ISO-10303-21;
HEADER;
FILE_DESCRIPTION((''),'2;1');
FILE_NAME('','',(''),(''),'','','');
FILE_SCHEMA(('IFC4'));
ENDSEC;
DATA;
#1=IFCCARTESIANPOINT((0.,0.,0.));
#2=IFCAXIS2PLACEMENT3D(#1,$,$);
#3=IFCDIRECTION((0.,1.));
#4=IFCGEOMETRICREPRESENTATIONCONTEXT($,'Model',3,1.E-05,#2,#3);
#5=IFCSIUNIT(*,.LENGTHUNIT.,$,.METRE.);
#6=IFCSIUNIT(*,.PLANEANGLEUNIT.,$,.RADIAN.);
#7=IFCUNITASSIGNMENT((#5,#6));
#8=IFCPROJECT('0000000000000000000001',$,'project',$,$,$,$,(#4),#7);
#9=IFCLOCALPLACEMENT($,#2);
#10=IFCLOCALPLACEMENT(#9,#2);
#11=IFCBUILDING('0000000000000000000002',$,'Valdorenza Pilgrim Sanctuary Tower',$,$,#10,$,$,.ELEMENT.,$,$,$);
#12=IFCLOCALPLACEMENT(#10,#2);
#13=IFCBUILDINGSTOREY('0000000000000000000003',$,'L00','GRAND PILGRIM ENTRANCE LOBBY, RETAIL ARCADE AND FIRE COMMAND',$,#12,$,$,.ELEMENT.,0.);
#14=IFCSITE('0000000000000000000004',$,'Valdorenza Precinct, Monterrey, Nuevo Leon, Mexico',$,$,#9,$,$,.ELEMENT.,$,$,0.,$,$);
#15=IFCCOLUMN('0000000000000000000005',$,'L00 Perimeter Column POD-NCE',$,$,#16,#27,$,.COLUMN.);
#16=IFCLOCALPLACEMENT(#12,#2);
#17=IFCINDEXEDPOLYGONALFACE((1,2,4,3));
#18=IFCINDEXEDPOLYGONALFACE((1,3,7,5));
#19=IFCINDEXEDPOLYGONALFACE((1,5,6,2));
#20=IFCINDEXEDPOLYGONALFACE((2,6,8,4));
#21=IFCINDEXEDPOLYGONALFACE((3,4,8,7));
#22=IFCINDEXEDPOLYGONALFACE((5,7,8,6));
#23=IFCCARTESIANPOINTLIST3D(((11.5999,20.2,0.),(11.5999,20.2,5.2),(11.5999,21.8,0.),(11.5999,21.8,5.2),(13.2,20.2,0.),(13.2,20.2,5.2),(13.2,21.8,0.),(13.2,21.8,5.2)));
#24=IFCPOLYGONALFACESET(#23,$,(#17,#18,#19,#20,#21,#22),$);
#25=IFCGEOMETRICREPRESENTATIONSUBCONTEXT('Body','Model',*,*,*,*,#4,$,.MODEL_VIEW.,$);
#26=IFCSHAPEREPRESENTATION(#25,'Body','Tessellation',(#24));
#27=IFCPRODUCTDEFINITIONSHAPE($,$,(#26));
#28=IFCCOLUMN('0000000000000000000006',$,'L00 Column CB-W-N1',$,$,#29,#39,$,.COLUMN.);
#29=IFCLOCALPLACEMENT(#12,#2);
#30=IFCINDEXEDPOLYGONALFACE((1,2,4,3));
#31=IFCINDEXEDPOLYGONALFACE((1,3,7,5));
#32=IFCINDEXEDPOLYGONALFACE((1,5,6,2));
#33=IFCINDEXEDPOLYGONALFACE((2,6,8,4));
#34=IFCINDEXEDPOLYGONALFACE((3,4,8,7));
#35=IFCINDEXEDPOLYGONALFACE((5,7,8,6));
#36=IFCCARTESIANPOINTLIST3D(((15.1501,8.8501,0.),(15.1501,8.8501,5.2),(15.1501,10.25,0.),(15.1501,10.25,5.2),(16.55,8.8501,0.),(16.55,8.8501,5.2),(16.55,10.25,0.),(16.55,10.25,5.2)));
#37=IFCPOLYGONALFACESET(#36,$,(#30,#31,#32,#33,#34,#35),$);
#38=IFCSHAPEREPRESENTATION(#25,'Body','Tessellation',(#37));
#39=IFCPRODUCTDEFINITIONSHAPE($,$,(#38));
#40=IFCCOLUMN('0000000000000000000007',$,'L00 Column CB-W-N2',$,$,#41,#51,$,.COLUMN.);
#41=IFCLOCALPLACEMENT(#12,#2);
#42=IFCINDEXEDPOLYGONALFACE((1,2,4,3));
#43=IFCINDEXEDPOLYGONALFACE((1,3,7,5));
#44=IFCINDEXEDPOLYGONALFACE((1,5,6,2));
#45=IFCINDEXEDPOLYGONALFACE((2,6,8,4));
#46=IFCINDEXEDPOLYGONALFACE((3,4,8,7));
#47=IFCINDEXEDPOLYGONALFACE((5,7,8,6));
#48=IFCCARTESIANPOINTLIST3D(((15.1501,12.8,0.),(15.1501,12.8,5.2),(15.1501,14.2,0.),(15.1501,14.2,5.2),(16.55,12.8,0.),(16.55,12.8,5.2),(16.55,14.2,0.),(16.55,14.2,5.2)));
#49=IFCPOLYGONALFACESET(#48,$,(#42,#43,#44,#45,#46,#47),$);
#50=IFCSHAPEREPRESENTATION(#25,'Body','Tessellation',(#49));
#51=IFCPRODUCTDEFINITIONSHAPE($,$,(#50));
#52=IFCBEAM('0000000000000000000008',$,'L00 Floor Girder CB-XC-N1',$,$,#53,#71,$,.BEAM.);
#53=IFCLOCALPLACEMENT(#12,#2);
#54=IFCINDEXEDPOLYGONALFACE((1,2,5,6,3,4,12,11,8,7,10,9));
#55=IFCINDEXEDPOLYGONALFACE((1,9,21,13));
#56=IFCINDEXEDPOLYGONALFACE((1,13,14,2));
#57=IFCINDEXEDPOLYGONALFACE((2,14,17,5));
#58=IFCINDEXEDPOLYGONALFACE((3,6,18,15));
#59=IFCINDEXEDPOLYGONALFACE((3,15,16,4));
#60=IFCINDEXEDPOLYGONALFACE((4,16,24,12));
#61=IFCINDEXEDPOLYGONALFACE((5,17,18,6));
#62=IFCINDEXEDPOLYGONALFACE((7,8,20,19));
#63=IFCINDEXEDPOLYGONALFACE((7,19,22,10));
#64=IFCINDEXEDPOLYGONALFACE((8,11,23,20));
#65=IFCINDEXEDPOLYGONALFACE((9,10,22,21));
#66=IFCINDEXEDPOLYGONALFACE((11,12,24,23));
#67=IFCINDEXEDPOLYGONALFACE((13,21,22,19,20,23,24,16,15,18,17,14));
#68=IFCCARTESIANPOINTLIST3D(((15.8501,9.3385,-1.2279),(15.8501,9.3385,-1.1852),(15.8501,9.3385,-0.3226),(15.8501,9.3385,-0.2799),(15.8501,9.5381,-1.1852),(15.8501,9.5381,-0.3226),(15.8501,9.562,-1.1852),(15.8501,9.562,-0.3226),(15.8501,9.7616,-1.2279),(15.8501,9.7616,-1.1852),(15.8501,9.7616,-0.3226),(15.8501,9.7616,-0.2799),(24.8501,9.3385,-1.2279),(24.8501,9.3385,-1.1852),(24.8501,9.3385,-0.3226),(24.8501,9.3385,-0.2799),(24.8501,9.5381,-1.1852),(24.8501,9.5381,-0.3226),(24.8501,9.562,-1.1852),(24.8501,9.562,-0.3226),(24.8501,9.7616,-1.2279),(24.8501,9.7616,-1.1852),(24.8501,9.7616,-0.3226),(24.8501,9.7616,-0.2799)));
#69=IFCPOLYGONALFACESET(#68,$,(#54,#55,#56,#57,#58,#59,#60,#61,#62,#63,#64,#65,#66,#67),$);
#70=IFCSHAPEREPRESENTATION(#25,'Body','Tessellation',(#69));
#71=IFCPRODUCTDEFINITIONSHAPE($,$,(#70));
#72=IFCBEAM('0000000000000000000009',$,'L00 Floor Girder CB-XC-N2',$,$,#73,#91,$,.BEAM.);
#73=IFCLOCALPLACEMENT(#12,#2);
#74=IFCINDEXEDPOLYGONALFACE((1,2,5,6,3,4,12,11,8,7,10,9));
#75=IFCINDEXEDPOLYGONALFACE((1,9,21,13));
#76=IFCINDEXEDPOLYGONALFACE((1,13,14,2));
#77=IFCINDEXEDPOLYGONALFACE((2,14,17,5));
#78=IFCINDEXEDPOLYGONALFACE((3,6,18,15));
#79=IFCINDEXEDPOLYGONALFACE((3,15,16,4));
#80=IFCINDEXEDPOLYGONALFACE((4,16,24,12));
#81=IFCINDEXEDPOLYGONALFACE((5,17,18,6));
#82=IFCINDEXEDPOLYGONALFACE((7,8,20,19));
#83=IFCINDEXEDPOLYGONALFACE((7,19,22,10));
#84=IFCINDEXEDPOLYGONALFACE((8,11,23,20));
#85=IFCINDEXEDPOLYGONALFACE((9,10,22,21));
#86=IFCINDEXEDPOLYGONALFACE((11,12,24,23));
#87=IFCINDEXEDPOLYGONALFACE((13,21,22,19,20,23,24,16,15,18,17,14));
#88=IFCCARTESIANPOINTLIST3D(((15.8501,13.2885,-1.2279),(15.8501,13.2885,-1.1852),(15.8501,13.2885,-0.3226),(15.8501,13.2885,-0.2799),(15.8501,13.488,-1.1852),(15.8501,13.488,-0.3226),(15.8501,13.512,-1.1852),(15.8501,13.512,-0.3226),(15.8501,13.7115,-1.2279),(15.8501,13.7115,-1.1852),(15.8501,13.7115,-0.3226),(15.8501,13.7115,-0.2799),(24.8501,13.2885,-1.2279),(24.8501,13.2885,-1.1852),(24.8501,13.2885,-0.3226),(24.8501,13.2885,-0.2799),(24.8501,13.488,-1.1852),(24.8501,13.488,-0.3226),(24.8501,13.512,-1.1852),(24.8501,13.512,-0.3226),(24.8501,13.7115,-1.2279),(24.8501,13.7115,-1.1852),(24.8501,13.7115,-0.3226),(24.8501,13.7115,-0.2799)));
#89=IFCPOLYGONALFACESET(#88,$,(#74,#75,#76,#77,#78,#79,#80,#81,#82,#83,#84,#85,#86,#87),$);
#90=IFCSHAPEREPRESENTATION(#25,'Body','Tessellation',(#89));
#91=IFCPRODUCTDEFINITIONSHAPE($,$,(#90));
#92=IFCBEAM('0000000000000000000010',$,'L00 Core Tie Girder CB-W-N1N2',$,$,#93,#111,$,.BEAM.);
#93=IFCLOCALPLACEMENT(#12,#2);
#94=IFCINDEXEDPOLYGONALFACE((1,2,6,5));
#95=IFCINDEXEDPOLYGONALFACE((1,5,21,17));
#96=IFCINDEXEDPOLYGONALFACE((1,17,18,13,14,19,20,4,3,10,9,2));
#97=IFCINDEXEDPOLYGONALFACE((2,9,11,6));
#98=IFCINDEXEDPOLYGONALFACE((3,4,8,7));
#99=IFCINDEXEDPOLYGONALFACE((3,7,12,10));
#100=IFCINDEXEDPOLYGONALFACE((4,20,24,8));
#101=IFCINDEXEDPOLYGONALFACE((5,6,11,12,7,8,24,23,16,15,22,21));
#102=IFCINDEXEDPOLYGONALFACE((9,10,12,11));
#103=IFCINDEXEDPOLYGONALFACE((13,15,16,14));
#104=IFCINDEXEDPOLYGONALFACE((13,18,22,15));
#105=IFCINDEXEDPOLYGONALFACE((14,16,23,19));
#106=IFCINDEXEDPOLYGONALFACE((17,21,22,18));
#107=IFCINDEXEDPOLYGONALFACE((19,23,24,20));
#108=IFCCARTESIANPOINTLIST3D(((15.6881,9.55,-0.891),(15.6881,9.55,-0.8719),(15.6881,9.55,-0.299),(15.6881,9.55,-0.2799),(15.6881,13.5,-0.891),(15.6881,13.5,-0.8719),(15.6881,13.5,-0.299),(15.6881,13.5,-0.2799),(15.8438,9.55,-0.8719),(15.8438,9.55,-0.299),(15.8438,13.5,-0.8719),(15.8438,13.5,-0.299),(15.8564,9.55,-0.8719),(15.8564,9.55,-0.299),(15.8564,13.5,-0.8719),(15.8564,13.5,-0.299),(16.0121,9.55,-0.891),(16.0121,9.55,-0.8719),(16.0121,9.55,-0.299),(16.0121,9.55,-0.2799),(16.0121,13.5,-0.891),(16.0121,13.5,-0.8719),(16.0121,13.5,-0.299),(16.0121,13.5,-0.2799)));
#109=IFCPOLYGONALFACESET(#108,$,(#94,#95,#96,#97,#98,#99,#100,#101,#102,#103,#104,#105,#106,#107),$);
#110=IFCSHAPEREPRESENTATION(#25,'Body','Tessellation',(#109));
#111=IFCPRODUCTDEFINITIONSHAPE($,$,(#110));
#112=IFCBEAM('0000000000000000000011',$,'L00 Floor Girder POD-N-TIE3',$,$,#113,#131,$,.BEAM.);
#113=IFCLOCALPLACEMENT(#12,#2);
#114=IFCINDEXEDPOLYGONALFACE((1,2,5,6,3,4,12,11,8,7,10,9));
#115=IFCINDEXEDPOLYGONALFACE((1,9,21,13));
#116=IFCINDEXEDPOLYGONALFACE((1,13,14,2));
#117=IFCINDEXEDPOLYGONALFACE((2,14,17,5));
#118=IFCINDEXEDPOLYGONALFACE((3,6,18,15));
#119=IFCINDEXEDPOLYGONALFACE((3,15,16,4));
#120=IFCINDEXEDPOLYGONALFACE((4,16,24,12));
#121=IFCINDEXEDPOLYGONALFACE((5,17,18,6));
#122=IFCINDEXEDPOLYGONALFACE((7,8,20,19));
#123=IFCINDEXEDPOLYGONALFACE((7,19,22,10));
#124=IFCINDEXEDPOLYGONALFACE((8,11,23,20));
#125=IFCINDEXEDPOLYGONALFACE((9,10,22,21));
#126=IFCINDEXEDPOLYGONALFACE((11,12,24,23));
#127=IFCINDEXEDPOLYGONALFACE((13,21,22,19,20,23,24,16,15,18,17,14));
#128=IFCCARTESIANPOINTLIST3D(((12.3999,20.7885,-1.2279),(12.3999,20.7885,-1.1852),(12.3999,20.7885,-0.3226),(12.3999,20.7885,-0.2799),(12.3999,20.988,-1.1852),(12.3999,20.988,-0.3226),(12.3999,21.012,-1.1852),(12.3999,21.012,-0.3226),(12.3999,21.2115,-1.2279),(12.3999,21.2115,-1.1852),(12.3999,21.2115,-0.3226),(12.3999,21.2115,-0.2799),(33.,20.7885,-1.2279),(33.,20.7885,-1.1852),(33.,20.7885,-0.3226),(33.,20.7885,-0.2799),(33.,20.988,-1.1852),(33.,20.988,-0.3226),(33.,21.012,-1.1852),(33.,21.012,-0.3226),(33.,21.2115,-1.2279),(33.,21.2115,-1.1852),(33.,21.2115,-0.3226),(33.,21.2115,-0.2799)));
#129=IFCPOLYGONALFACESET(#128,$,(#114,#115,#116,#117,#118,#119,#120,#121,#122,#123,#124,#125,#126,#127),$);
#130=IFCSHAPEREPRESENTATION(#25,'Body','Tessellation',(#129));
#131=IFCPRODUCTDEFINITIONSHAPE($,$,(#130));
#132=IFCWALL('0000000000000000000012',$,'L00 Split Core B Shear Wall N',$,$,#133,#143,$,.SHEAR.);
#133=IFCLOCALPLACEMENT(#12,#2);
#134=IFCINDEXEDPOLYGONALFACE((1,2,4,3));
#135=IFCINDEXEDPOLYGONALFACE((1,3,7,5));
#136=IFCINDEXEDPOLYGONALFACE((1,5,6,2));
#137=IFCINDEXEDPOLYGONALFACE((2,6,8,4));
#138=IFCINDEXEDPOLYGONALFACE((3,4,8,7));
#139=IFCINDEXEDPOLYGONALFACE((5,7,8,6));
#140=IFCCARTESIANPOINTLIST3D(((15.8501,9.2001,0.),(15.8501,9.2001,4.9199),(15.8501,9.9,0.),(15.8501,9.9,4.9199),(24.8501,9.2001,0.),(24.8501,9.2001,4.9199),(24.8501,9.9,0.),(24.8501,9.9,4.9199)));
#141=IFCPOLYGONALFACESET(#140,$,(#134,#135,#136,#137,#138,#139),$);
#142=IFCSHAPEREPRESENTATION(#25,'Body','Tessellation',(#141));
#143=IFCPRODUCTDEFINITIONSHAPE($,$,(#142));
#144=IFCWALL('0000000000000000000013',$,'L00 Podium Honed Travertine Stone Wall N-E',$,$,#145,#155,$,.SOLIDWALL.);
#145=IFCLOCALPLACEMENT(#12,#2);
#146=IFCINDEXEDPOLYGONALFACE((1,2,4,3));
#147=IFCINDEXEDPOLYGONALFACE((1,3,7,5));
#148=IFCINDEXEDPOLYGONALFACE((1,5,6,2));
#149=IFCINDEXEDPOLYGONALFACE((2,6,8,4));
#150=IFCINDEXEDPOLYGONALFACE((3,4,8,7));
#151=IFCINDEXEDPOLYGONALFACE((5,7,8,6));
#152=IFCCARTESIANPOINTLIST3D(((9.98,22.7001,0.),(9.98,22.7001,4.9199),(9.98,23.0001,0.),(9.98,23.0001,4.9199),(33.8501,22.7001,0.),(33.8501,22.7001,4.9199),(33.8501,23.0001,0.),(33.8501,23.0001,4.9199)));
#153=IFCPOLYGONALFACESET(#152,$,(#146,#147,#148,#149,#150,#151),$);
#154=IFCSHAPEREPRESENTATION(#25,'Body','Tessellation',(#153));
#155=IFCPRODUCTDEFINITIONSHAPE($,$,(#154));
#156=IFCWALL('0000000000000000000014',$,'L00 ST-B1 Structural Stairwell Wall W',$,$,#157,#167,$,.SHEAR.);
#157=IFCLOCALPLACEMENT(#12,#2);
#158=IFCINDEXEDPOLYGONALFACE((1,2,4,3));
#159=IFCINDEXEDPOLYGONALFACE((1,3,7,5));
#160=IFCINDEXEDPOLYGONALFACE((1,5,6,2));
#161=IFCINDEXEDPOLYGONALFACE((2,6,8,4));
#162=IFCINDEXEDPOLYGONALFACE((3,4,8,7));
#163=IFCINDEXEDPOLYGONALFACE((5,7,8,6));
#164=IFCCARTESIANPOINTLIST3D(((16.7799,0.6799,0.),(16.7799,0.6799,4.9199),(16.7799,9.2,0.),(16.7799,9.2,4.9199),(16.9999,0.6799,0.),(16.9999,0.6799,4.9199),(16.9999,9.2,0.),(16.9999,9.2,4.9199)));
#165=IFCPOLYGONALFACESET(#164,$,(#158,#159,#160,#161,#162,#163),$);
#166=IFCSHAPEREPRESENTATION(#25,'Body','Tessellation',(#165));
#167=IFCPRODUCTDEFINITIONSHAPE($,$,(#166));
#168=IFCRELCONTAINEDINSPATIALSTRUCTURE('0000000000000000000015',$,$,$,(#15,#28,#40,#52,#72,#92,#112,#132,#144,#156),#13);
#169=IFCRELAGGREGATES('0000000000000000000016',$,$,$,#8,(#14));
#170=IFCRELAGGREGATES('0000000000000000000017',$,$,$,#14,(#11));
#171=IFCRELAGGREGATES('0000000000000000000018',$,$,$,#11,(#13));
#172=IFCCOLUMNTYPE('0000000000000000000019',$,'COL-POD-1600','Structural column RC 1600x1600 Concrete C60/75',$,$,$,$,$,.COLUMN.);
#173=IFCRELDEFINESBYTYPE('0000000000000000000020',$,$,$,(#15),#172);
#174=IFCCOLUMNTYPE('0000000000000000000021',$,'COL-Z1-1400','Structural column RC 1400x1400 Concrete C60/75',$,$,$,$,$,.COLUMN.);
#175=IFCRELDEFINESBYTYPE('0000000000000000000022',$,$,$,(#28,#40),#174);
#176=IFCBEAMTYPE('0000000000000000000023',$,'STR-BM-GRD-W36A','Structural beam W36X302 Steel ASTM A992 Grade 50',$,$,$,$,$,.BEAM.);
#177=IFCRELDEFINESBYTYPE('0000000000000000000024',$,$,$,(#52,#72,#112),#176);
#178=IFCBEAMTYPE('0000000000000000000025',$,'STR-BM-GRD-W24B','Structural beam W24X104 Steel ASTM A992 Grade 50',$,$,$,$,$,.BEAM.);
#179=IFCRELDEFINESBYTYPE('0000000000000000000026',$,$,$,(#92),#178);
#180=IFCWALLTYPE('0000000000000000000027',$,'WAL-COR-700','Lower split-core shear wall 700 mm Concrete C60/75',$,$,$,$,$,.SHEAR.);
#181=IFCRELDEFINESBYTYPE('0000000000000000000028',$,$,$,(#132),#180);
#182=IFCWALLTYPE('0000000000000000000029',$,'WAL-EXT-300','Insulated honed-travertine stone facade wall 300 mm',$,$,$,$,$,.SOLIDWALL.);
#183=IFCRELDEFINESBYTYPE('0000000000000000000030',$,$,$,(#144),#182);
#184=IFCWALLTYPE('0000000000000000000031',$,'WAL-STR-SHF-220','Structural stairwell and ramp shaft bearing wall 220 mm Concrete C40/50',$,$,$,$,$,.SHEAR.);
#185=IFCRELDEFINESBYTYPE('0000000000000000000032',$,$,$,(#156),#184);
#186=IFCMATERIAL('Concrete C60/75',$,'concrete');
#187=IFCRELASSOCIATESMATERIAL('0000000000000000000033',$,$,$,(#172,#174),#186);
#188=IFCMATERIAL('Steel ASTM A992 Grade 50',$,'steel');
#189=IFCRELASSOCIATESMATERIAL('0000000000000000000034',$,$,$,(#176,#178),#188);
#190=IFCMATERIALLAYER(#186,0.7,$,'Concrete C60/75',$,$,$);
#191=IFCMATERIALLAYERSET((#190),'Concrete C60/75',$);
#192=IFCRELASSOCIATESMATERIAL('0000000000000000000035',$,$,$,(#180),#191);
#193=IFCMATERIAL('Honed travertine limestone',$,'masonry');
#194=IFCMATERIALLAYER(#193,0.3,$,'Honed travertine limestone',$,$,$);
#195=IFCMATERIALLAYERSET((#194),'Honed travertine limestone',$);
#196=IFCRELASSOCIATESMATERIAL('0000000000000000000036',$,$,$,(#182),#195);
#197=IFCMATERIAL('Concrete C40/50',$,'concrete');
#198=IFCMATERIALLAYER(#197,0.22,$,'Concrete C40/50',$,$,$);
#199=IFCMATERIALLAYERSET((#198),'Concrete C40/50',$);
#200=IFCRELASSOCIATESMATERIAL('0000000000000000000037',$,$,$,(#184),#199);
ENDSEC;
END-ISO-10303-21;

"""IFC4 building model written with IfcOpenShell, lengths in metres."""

from ifc_helpers import new_model, si_unit, direction, frame, frame_2d, origin, origin_2d, place, context, subcontext, project, spatial, rectangle, i_section, extrude, source, transform, mapped, material, layer, layer_set, material_profile, profile_set, type_object, element, save


model = new_model("IFC4")

# Units and contexts
model_context = context("Model", 3, precision=1e-05, world=origin(), true_north=direction((0.0, 1.0)))
body_context = subcontext(model_context, "Body", "Model", "MODEL_VIEW")
ifc_project = project(units=[si_unit("LENGTHUNIT", "METRE"), si_unit("PLANEANGLEUNIT", "RADIAN")], contexts=[model_context])

# Site, building, storey
site_placement = place(None, origin())
site = spatial("IfcSite", under=ifc_project, at=site_placement, Name="Valdorenza Precinct, Monterrey, Nuevo Leon, Mexico", CompositionType="ELEMENT", RefElevation=0.0)
building_placement = place(site_placement, origin())
building = spatial("IfcBuilding", under=site, at=building_placement, Name="Valdorenza Pilgrim Sanctuary Tower", CompositionType="ELEMENT")
storey_placement = place(building_placement, origin())
storey = spatial("IfcBuildingStorey", under=building, at=storey_placement, Name="L00", Description="GRAND PILGRIM ENTRANCE LOBBY, RETAIL ARCADE AND FIRE COMMAND", CompositionType="ELEMENT", Elevation=0.0)

# Columns
ifc_material_1 = material(Name="Concrete C60/75", Category="concrete")
ifc_material_profile_1 = material_profile(ifc_material_1, rectangle(XDim=1.6001, YDim=1.6001, at=origin_2d()), Name="RC 1600x1600")
ifc_profile_set_1 = profile_set([ifc_material_profile_1], Name="Concrete C60/75")
column_type_1 = type_object("IfcColumnType", Name="COL-POD-1600", Description="Structural column RC 1600x1600 Concrete C60/75", PredefinedType="COLUMN", material=ifc_profile_set_1)
shared_shape_1 = source(origin(), body_context, "Body", "SweptSolid", [
    extrude(rectangle(XDim=1.6001, YDim=1.6001, at=origin_2d()), origin(), (0.0, 0.0, 1.0), 5.2),
])
column_placement = place(storey_placement, frame((12.3999, 21.0, 0.0), z_axis=(0.0, 0.0, 1.0), x_axis=(1.0, 0.0, 0.0)))
element("IfcColumn", 1, at=column_placement, inside=storey, type_object=column_type_1, Name="L00 Perimeter Column POD-NCE", PredefinedType="COLUMN", context=body_context, shape_type="MappedRepresentation", body=[
    mapped(shared_shape_1, transform((0.0, 0.0, 0.0), x_axis=(1.0, 0.0, 0.0), y_axis=(0.0, 1.0, 0.0), z_axis=(0.0, 0.0, 1.0), scale=1.0)),
])
ifc_material_profile_2 = material_profile(ifc_material_1, rectangle(XDim=1.3999, YDim=1.3999, at=origin_2d()), Name="RC 1400x1400")
ifc_profile_set_2 = profile_set([ifc_material_profile_2], Name="Concrete C60/75")
column_type_2 = type_object("IfcColumnType", Name="COL-Z1-1400", Description="Structural column RC 1400x1400 Concrete C60/75", PredefinedType="COLUMN", material=ifc_profile_set_2)
shared_shape_2 = source(origin(), body_context, "Body", "SweptSolid", [
    extrude(rectangle(XDim=1.3999, YDim=1.3999, at=origin_2d()), origin(), (0.0, 0.0, 1.0), 5.2),
])
for number, where, z_axis, x_axis, name in (
    (2, (15.8501, 9.55, 0.0), (0.0, 0.0, 1.0), (1.0, 0.0, 0.0), "L00 Column CB-W-N1"),
    (3, (15.8501, 13.5, 0.0), (0.0, 0.0, 1.0), (1.0, 0.0, 0.0), "L00 Column CB-W-N2"),
):
    element("IfcColumn", number, at=place(storey_placement, frame(where, z_axis=z_axis, x_axis=x_axis)), inside=storey, type_object=column_type_2, Name=name, PredefinedType="COLUMN", context=body_context, shape_type="MappedRepresentation", body=[
        mapped(shared_shape_2, transform((0.0, 0.0, 0.0), x_axis=(1.0, 0.0, 0.0), y_axis=(0.0, 1.0, 0.0), z_axis=(0.0, 0.0, 1.0), scale=1.0)),
    ])

# Beams
ifc_material_2 = material(Name="Steel ASTM A992 Grade 50", Category="steel")
ifc_material_profile_3 = material_profile(ifc_material_2, i_section(OverallWidth=0.4231, OverallDepth=0.948, WebThickness=0.0239, FlangeThickness=0.0427, at=origin_2d()), Name="W36X302")
ifc_profile_set_3 = profile_set([ifc_material_profile_3], Name="Steel ASTM A992 Grade 50")
beam_type_1 = type_object("IfcBeamType", Name="STR-BM-GRD-W36A", Description="Structural beam W36X302 Steel ASTM A992 Grade 50", PredefinedType="BEAM", material=ifc_profile_set_3)
shared_shape_3 = source(origin(), body_context, "Body", "SweptSolid", [
    extrude(i_section(OverallWidth=0.4231, OverallDepth=0.948, WebThickness=0.0239, FlangeThickness=0.0427, at=origin_2d()), origin(), (0.0, 0.0, 1.0), 9.0),
])
for number, where, z_axis, x_axis, name in (
    (4, (15.8501, 9.55, -0.7539), (1.0, 0.0, 0.0), (0.0, 1.0, 0.0), "L00 Floor Girder CB-XC-N1"),
    (5, (15.8501, 13.5, -0.7539), (1.0, 0.0, 0.0), (0.0, 1.0, 0.0), "L00 Floor Girder CB-XC-N2"),
):
    element("IfcBeam", number, at=place(storey_placement, frame(where, z_axis=z_axis, x_axis=x_axis)), inside=storey, type_object=beam_type_1, Name=name, PredefinedType="BEAM", context=body_context, shape_type="MappedRepresentation", body=[
        mapped(shared_shape_3, transform((0.0, 0.0, 0.0), x_axis=(1.0, 0.0, 0.0), y_axis=(0.0, 1.0, 0.0), z_axis=(0.0, 0.0, 1.0), scale=1.0)),
    ])
ifc_material_profile_4 = material_profile(ifc_material_2, i_section(OverallWidth=0.324, OverallDepth=0.6111, WebThickness=0.0127, FlangeThickness=0.019, at=origin_2d()), Name="W24X104")
ifc_profile_set_4 = profile_set([ifc_material_profile_4], Name="Steel ASTM A992 Grade 50")
beam_type_2 = type_object("IfcBeamType", Name="STR-BM-GRD-W24B", Description="Structural beam W24X104 Steel ASTM A992 Grade 50", PredefinedType="BEAM", material=ifc_profile_set_4)
shared_shape_4 = source(origin(), body_context, "Body", "SweptSolid", [
    extrude(i_section(OverallWidth=0.324, OverallDepth=0.6111, WebThickness=0.0127, FlangeThickness=0.019, at=origin_2d()), origin(), (0.0, 0.0, 1.0), 3.95),
])
beam_1_placement = place(storey_placement, frame((15.8501, 9.55, -0.5854), z_axis=(0.0, 1.0, 0.0), x_axis=(-1.0, 0.0, 0.0)))
element("IfcBeam", 6, at=beam_1_placement, inside=storey, type_object=beam_type_2, Name="L00 Core Tie Girder CB-W-N1N2", PredefinedType="BEAM", context=body_context, shape_type="MappedRepresentation", body=[
    mapped(shared_shape_4, transform((0.0, 0.0, 0.0), x_axis=(1.0, 0.0, 0.0), y_axis=(0.0, 1.0, 0.0), z_axis=(0.0, 0.0, 1.0), scale=1.0)),
])
shared_shape_5 = source(origin(), body_context, "Body", "SweptSolid", [
    extrude(i_section(OverallWidth=0.4231, OverallDepth=0.948, WebThickness=0.0239, FlangeThickness=0.0427, at=origin_2d()), origin(), (0.0, 0.0, 1.0), 20.6001),
])
beam_2_placement = place(storey_placement, frame((12.3999, 21.0, -0.7539), z_axis=(1.0, 0.0, 0.0), x_axis=(0.0, 1.0, 0.0)))
element("IfcBeam", 7, at=beam_2_placement, inside=storey, type_object=beam_type_1, Name="L00 Floor Girder POD-N-TIE3", PredefinedType="BEAM", context=body_context, shape_type="MappedRepresentation", body=[
    mapped(shared_shape_5, transform((0.0, 0.0, 0.0), x_axis=(1.0, 0.0, 0.0), y_axis=(0.0, 1.0, 0.0), z_axis=(0.0, 0.0, 1.0), scale=1.0)),
])

# Walls
ifc_layer_1 = layer(ifc_material_1, 0.7, Name="Concrete C60/75")
ifc_layer_set_1 = layer_set([ifc_layer_1], Name="Concrete C60/75")
wall_type_1 = type_object("IfcWallType", Name="WAL-COR-700", Description="Lower split-core shear wall 700 mm Concrete C60/75", PredefinedType="SHEAR", material=ifc_layer_set_1)
wall_1_placement = place(storey_placement, frame((15.8501, 9.55, 0.0), z_axis=(0.0, 0.0, 1.0), x_axis=(1.0, 0.0, 0.0)))
element("IfcWall", 8, at=wall_1_placement, inside=storey, type_object=wall_type_1, Name="L00 Split Core B Shear Wall N", PredefinedType="SHEAR", context=body_context, shape_type="SweptSolid", body=[
    extrude(rectangle(XDim=9.0, YDim=0.7, at=frame_2d((4.5, 0.0))), origin(), (0.0, 0.0, 1.0), 4.9199),
])
ifc_material_3 = material(Name="Honed travertine limestone", Category="masonry")
ifc_layer_2 = layer(ifc_material_3, 0.3, Name="Honed travertine limestone")
ifc_layer_set_2 = layer_set([ifc_layer_2], Name="Honed travertine limestone")
wall_type_2 = type_object("IfcWallType", Name="WAL-EXT-300", Description="Insulated honed-travertine stone facade wall 300 mm", PredefinedType="SOLIDWALL", material=ifc_layer_set_2)
wall_2_placement = place(storey_placement, frame((9.98, 22.8501, 0.0), z_axis=(0.0, 0.0, 1.0), x_axis=(1.0, 0.0, 0.0)))
element("IfcWall", 9, at=wall_2_placement, inside=storey, type_object=wall_type_2, Name="L00 Podium Honed Travertine Stone Wall N-E", PredefinedType="SOLIDWALL", context=body_context, shape_type="SweptSolid", body=[
    extrude(rectangle(XDim=23.8701, YDim=0.3, at=frame_2d((11.9351, 0.0))), origin(), (0.0, 0.0, 1.0), 4.9199),
])
ifc_material_4 = material(Name="Concrete C40/50", Category="concrete")
ifc_layer_3 = layer(ifc_material_4, 0.22, Name="Concrete C40/50")
ifc_layer_set_3 = layer_set([ifc_layer_3], Name="Concrete C40/50")
wall_type_3 = type_object("IfcWallType", Name="WAL-STR-SHF-220", Description="Structural stairwell and ramp shaft bearing wall 220 mm Concrete C40/50", PredefinedType="SHEAR", material=ifc_layer_set_3)
wall_3_placement = place(storey_placement, frame((16.8899, 0.6799, 0.0), z_axis=(0.0, 0.0, 1.0), x_axis=(0.0, 1.0, 0.0)))
element("IfcWall", 10, at=wall_3_placement, inside=storey, type_object=wall_type_3, Name="L00 ST-B1 Structural Stairwell Wall W", PredefinedType="SHEAR", context=body_context, shape_type="SweptSolid", body=[
    extrude(rectangle(XDim=8.52, YDim=0.22, at=frame_2d((4.26, 0.0))), origin(), (0.0, 0.0, 1.0), 4.9199),
])

save(model, "model.ifc")
